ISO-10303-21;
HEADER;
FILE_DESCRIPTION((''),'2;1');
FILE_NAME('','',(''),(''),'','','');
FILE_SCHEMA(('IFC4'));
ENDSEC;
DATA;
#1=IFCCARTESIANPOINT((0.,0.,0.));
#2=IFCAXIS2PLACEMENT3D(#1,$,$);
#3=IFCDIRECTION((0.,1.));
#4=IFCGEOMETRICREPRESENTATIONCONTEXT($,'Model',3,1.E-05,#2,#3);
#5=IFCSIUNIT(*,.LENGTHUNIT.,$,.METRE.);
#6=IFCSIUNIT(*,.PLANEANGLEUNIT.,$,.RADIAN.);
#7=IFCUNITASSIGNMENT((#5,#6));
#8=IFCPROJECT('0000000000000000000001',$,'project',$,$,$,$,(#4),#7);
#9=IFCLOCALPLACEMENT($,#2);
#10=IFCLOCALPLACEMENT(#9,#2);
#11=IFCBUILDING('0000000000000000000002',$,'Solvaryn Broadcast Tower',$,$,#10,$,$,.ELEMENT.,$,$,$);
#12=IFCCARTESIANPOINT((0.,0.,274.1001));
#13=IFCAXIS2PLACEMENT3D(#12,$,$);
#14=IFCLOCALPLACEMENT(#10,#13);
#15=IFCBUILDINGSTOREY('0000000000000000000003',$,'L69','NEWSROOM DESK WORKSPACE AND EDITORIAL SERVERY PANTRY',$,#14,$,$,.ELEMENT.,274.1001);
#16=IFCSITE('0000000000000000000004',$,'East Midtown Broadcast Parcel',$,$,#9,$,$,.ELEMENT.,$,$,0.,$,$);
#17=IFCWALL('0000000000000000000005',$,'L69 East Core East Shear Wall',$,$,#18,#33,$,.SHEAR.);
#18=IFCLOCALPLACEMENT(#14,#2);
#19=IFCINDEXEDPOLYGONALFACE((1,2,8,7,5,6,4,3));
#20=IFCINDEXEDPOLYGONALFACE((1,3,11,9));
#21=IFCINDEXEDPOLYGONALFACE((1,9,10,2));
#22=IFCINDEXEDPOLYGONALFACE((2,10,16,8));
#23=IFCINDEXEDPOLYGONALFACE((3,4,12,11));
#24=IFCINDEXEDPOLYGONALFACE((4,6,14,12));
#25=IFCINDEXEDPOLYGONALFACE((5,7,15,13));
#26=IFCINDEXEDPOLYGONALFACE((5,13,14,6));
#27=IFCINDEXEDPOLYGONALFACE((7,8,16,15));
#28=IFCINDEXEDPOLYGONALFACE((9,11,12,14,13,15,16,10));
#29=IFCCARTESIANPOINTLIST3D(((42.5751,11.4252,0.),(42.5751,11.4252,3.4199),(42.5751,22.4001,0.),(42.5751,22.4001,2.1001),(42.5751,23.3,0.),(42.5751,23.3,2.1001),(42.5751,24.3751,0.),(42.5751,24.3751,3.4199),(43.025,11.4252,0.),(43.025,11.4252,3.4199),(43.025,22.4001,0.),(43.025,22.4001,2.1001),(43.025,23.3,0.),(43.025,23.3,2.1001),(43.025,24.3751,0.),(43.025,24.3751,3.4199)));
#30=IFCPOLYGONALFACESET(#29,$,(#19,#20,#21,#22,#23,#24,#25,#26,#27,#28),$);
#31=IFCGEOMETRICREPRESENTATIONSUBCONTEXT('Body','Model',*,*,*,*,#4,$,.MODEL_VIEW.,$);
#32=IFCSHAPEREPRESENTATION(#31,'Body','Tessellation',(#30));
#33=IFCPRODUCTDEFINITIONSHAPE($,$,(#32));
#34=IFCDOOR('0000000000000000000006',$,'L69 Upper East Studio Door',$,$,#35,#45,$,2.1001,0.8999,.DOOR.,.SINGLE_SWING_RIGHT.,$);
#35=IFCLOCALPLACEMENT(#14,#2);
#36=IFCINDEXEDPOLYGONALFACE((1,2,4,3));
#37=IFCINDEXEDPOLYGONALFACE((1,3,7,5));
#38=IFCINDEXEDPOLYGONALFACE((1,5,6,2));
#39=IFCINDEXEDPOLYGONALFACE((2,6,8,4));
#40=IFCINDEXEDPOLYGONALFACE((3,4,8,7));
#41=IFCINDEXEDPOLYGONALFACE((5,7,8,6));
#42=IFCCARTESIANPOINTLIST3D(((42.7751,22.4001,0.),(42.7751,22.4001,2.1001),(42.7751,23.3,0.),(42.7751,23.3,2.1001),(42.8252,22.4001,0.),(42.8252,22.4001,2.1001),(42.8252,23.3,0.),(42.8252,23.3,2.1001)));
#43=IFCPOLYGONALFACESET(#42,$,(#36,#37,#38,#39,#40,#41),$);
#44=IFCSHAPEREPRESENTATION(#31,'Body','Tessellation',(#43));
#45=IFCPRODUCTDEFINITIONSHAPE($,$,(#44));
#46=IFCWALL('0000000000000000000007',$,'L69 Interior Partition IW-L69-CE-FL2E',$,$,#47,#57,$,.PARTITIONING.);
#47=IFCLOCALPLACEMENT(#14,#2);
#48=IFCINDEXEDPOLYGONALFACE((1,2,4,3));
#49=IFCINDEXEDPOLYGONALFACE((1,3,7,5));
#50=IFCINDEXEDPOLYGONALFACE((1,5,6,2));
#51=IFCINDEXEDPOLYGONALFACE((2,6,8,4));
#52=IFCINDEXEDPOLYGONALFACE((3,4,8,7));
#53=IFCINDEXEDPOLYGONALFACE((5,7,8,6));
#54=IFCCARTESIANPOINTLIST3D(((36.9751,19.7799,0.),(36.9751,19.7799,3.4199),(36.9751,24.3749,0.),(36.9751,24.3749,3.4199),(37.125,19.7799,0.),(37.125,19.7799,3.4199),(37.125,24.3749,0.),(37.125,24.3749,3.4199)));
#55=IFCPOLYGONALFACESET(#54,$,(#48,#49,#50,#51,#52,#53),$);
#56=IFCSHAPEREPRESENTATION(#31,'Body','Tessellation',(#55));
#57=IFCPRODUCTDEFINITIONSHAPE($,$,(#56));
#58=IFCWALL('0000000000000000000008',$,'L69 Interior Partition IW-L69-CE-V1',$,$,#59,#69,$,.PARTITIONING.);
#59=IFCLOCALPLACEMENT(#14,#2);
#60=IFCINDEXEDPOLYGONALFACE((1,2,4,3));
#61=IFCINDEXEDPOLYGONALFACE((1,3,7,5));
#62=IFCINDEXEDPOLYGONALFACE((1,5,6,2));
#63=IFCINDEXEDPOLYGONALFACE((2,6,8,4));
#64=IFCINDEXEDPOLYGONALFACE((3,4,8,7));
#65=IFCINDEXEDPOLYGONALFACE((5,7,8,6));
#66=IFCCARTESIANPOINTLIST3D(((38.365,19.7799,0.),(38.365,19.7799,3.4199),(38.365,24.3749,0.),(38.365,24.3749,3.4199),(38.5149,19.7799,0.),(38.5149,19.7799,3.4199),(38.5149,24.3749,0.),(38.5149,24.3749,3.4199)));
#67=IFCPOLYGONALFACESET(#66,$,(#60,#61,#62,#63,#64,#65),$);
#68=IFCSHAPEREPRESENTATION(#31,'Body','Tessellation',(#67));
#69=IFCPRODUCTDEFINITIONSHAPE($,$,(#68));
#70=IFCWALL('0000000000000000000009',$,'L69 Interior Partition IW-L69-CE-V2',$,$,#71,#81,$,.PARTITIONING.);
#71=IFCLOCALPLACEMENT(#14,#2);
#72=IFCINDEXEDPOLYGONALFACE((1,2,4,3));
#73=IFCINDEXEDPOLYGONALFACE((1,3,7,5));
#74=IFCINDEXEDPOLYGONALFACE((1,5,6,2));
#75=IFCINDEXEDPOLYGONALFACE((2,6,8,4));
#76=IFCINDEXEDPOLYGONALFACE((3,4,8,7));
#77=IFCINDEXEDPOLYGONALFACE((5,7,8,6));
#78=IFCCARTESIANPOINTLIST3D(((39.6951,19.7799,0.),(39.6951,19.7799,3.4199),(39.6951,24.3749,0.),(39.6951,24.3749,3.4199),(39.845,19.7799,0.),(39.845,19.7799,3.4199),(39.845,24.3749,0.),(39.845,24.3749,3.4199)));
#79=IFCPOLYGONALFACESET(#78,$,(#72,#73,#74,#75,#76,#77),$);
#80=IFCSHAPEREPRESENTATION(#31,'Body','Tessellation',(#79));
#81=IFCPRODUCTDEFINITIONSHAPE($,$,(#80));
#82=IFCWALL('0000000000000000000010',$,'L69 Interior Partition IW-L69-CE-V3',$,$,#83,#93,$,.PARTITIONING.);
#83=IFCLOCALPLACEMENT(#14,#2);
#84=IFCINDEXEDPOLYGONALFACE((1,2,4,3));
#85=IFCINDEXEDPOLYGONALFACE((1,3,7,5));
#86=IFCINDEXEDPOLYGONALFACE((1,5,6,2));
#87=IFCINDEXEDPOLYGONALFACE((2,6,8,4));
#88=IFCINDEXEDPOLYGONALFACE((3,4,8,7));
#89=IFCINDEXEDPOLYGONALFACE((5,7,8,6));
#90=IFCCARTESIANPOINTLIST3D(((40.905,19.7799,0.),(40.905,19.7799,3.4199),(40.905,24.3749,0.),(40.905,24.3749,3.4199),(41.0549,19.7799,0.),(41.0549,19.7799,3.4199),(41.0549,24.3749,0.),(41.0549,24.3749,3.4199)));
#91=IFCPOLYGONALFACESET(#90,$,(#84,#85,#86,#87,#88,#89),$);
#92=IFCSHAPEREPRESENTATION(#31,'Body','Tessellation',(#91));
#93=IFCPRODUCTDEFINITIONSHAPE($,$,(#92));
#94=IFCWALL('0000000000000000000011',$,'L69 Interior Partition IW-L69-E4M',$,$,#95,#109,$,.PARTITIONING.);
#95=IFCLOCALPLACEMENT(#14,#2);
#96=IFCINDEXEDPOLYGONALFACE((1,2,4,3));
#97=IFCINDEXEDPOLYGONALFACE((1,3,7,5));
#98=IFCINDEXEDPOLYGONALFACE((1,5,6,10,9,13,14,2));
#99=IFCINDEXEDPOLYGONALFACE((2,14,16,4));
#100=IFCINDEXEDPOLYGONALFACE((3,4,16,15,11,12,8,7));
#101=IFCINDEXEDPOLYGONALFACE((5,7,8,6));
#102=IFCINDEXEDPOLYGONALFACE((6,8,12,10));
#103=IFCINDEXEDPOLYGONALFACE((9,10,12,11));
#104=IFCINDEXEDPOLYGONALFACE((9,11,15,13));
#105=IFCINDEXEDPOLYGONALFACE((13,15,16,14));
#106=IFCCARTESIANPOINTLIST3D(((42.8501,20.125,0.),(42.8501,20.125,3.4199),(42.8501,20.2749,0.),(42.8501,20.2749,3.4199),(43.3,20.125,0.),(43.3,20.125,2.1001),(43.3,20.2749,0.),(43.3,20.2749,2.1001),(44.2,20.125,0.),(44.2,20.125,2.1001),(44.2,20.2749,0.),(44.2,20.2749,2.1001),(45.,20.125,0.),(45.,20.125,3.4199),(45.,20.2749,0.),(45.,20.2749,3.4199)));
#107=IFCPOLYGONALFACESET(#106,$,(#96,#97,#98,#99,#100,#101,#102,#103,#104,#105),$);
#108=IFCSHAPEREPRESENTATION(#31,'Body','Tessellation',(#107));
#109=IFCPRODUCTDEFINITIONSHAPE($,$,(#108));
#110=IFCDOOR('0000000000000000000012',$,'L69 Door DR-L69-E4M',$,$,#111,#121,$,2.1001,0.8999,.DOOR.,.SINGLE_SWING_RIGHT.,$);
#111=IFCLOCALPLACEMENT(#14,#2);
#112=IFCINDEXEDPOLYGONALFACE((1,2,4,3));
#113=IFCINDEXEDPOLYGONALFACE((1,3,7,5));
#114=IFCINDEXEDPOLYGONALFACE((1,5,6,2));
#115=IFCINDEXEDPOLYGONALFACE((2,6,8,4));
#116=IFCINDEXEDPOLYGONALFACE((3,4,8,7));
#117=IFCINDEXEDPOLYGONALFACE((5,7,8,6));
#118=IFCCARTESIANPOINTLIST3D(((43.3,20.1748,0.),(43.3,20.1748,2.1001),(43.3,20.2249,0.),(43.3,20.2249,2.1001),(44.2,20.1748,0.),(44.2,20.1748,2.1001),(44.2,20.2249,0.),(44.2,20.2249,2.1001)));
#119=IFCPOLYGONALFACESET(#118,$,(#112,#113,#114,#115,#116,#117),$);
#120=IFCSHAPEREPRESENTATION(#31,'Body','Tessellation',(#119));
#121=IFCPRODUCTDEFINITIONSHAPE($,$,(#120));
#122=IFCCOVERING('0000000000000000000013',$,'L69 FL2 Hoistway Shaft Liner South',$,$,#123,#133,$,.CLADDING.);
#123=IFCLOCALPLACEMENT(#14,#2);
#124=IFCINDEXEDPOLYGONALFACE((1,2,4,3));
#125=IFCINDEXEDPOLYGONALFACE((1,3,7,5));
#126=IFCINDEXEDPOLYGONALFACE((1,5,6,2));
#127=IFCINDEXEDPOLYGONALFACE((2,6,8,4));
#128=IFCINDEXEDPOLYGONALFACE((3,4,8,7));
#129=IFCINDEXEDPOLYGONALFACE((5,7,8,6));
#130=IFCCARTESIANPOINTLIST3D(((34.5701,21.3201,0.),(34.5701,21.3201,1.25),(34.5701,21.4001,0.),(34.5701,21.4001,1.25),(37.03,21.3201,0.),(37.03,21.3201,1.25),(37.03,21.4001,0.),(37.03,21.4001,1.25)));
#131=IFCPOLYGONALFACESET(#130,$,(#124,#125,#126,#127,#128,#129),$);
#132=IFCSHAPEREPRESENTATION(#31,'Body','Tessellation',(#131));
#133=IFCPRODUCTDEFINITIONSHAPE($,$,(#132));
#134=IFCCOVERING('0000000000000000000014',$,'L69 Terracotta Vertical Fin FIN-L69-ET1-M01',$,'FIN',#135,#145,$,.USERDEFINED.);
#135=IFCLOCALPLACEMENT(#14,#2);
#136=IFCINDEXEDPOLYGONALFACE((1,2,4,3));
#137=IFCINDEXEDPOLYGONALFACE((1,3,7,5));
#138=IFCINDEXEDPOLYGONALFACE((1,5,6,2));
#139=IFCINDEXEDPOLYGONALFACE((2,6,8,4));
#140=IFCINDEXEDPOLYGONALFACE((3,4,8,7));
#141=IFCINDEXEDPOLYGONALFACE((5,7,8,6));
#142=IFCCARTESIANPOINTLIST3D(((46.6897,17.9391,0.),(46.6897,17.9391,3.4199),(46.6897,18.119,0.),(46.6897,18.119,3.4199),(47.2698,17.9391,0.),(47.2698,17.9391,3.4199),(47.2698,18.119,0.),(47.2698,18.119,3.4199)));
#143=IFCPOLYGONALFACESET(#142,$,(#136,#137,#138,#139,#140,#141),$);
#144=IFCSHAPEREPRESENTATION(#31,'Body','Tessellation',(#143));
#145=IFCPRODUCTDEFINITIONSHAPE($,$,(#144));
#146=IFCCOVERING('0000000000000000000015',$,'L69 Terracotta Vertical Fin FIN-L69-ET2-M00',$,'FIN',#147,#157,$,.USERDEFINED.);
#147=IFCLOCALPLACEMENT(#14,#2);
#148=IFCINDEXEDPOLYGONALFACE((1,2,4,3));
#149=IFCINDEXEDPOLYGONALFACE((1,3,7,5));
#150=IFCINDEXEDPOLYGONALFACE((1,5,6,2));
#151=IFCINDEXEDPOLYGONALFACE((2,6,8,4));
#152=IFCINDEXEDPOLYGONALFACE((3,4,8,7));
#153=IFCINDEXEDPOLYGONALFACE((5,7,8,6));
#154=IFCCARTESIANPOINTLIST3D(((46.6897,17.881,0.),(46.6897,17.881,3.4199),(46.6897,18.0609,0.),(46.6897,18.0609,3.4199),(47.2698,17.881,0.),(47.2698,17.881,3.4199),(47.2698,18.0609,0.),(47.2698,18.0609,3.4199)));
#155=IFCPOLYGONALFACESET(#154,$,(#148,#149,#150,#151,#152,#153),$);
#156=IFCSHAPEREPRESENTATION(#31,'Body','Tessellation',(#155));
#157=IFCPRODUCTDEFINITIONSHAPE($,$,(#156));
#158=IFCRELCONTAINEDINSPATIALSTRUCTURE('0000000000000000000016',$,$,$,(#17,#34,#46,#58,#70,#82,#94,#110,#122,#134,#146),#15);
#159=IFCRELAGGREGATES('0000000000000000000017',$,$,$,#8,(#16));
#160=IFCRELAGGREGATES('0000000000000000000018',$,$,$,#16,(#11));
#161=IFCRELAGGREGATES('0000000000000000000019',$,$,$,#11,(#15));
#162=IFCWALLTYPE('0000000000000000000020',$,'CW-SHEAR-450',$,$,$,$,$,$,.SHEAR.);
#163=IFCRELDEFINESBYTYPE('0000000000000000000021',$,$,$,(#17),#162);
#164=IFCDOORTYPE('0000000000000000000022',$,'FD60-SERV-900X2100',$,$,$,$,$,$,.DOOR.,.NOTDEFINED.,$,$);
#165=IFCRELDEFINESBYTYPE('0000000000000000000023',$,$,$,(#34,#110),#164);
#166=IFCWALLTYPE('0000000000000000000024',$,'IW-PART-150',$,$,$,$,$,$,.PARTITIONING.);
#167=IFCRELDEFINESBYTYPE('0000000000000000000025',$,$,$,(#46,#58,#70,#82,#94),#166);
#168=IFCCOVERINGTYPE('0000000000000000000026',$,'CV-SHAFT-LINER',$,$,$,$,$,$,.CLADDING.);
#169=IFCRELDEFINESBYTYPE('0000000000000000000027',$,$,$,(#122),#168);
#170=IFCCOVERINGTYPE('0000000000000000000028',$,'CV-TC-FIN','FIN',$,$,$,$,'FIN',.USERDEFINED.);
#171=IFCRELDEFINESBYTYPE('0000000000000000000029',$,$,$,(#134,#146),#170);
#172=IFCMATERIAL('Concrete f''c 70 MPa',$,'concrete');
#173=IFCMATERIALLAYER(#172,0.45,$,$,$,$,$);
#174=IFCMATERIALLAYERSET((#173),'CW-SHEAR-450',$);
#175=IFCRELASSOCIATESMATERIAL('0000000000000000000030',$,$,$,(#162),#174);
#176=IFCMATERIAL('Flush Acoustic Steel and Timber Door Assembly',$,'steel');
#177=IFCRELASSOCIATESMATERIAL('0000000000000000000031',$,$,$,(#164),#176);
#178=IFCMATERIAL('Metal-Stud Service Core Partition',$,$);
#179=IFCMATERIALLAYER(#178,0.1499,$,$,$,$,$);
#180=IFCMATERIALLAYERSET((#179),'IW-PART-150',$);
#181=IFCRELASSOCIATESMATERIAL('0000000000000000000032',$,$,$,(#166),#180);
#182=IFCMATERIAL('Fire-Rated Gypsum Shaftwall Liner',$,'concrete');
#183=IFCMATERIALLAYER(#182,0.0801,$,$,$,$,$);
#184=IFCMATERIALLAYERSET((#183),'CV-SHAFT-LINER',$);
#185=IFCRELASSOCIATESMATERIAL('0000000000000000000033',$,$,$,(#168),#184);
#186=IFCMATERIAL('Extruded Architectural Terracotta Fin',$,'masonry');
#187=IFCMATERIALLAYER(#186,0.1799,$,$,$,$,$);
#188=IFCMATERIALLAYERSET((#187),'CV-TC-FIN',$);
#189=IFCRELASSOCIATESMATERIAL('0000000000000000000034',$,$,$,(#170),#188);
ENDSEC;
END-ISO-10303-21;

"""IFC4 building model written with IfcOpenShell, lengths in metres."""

from ifc_helpers import new_model, si_unit, direction, frame, frame_2d, origin, origin_2d, place, context, subcontext, project, spatial, rectangle, extrude, material, layer, layer_set, type_object, element, fill, save


model = new_model("IFC4")

# Units and contexts
model_context = context("Model", 3, precision=1e-05, world=origin(), true_north=direction((0.0, 1.0)))
body_context = subcontext(model_context, "Body", "Model", "MODEL_VIEW")
ifc_project = project(units=[si_unit("LENGTHUNIT", "METRE"), si_unit("PLANEANGLEUNIT", "RADIAN")], contexts=[model_context])

# Site, building, storey
site_placement = place(None, origin())
site = spatial("IfcSite", under=ifc_project, at=site_placement, Name="East Midtown Broadcast Parcel", CompositionType="ELEMENT", RefElevation=0.0)
building_placement = place(site_placement, origin())
building = spatial("IfcBuilding", under=site, at=building_placement, Name="Solvaryn Broadcast Tower", CompositionType="ELEMENT")
storey_placement = place(building_placement, frame((0.0, 0.0, 274.1001)))
storey = spatial("IfcBuildingStorey", under=building, at=storey_placement, Name="L69", Description="NEWSROOM DESK WORKSPACE AND EDITORIAL SERVERY PANTRY", CompositionType="ELEMENT", Elevation=274.1001)

# Wall, opening, door
ifc_material_1 = material(Name="Concrete f'c 70 MPa", Category="concrete")
ifc_layer_1 = layer(ifc_material_1, 0.45)
ifc_layer_set_1 = layer_set([ifc_layer_1], Name="CW-SHEAR-450")
wall_type_1 = type_object("IfcWallType", Name="CW-SHEAR-450", PredefinedType="SHEAR", material=ifc_layer_set_1)
wall_1_placement = place(storey_placement, frame((42.8, 11.425, 0.0), z_axis=(0.0, 0.0, 1.0), x_axis=(0.0, 1.0, 0.0)))
wall_1 = element("IfcWall", 1, at=wall_1_placement, inside=storey, type_object=wall_type_1, Name="L69 East Core East Shear Wall", PredefinedType="SHEAR", context=body_context, shape_type="SweptSolid", body=[
    extrude(rectangle(XDim=12.95, YDim=0.45, at=frame_2d((6.4751, 0.0))), origin(), (0.0, 0.0, 1.0), 3.4199),
])
opening_1_placement = place(wall_1_placement, frame((10.9751, 0.0, 0.0)))
opening_1 = element("IfcOpeningElement", 2, at=opening_1_placement, cuts=wall_1, PredefinedType="OPENING", context=body_context, shape_type="SweptSolid", body=[
    extrude(rectangle(XDim=0.8999, YDim=2.1001, at=frame_2d((0.45, 1.05))), frame((0.0, 0.2351, 0.0), z_axis=(0.0, -1.0, 0.0), x_axis=(1.0, 0.0, 0.0)), (0.0, 0.0, 1.0), 0.47),
])
ifc_material_2 = material(Name="Flush Acoustic Steel and Timber Door Assembly", Category="steel")
door_type = type_object("IfcDoorType", Name="FD60-SERV-900X2100", OperationType="NOTDEFINED", PredefinedType="DOOR", material=ifc_material_2)
door_1_placement = place(opening_1_placement, origin())
door_1 = element("IfcDoor", 3, at=door_1_placement, inside=storey, type_object=door_type, Name="L69 Upper East Studio Door", OperationType="SINGLE_SWING_RIGHT", OverallHeight=2.1001, OverallWidth=0.8999, PredefinedType="DOOR", context=body_context, shape_type="SweptSolid", body=[
    extrude(rectangle(XDim=0.8999, YDim=2.1001, at=frame_2d((0.45, 1.05))), frame((0.0, 0.0249, 0.0), z_axis=(0.0, -1.0, 0.0), x_axis=(1.0, 0.0, 0.0)), (0.0, 0.0, 1.0), 0.05),
])
fill(opening_1, door_1)

# Walls
ifc_material_3 = material(Name="Metal-Stud Service Core Partition")
ifc_layer_2 = layer(ifc_material_3, 0.1499)
ifc_layer_set_2 = layer_set([ifc_layer_2], Name="IW-PART-150")
wall_type_2 = type_object("IfcWallType", Name="IW-PART-150", PredefinedType="PARTITIONING", material=ifc_layer_set_2)
for number, where, z_axis, x_axis, name in (
    (4, (37.05, 19.78, 0.0), (0.0, 0.0, 1.0), (0.0, 1.0, 0.0), "L69 Interior Partition IW-L69-CE-FL2E"),
    (5, (38.4399, 19.78, 0.0), (0.0, 0.0, 1.0), (0.0, 1.0, 0.0), "L69 Interior Partition IW-L69-CE-V1"),
    (6, (39.77, 19.78, 0.0), (0.0, 0.0, 1.0), (0.0, 1.0, 0.0), "L69 Interior Partition IW-L69-CE-V2"),
    (7, (40.98, 19.78, 0.0), (0.0, 0.0, 1.0), (0.0, 1.0, 0.0), "L69 Interior Partition IW-L69-CE-V3"),
):
    element("IfcWall", number, at=place(storey_placement, frame(where, z_axis=z_axis, x_axis=x_axis)), inside=storey, type_object=wall_type_2, Name=name, PredefinedType="PARTITIONING", context=body_context, shape_type="SweptSolid", body=[
        extrude(rectangle(XDim=4.595, YDim=0.1499, at=frame_2d((2.2974, 0.0))), origin(), (0.0, 0.0, 1.0), 3.4199),
    ])

# Wall, opening, door
wall_2_placement = place(storey_placement, frame((42.8501, 20.2, 0.0), z_axis=(0.0, 0.0, 1.0), x_axis=(1.0, 0.0, 0.0)))
wall_2 = element("IfcWall", 8, at=wall_2_placement, inside=storey, type_object=wall_type_2, Name="L69 Interior Partition IW-L69-E4M", PredefinedType="PARTITIONING", context=body_context, shape_type="SweptSolid", body=[
    extrude(rectangle(XDim=2.1499, YDim=0.1499, at=frame_2d((1.075, 0.0))), origin(), (0.0, 0.0, 1.0), 3.4199),
])
opening_2_placement = place(wall_2_placement, frame((0.45, 0.0, 0.0)))
opening_2 = element("IfcOpeningElement", 9, at=opening_2_placement, cuts=wall_2, PredefinedType="OPENING", context=body_context, shape_type="SweptSolid", body=[
    extrude(rectangle(XDim=0.8999, YDim=2.1001, at=frame_2d((0.45, 1.05))), frame((0.0, 0.085, 0.0), z_axis=(0.0, -1.0, 0.0), x_axis=(1.0, 0.0, 0.0)), (0.0, 0.0, 1.0), 0.1699),
])
door_2_placement = place(opening_2_placement, origin())
door_2 = element("IfcDoor", 10, at=door_2_placement, inside=storey, type_object=door_type, Name="L69 Door DR-L69-E4M", OperationType="SINGLE_SWING_RIGHT", OverallHeight=2.1001, OverallWidth=0.8999, PredefinedType="DOOR", context=body_context, shape_type="SweptSolid", body=[
    extrude(rectangle(XDim=0.8999, YDim=2.1001, at=frame_2d((0.45, 1.05))), frame((0.0, 0.0249, 0.0), z_axis=(0.0, -1.0, 0.0), x_axis=(1.0, 0.0, 0.0)), (0.0, 0.0, 1.0), 0.05),
])
fill(opening_2, door_2)

# Coverings
ifc_material_4 = material(Name="Fire-Rated Gypsum Shaftwall Liner", Category="concrete")
ifc_layer_3 = layer(ifc_material_4, 0.0801)
ifc_layer_set_3 = layer_set([ifc_layer_3], Name="CV-SHAFT-LINER")
covering_type_1 = type_object("IfcCoveringType", Name="CV-SHAFT-LINER", PredefinedType="CLADDING", material=ifc_layer_set_3)
covering_placement = place(storey_placement, frame((35.8, 21.3601, 0.0), z_axis=(0.0, 0.0, 1.0), x_axis=(1.0, 0.0, 0.0)))
element("IfcCovering", 11, at=covering_placement, inside=storey, type_object=covering_type_1, Name="L69 FL2 Hoistway Shaft Liner South", PredefinedType="CLADDING", context=body_context, shape_type="SweptSolid", body=[
    extrude(rectangle(XDim=2.46, YDim=0.0801, at=origin_2d()), origin(), (0.0, 0.0, 1.0), 1.25),
])
ifc_material_5 = material(Name="Extruded Architectural Terracotta Fin", Category="masonry")
ifc_layer_4 = layer(ifc_material_5, 0.1799)
ifc_layer_set_4 = layer_set([ifc_layer_4], Name="CV-TC-FIN")
covering_type_2 = type_object("IfcCoveringType", Name="CV-TC-FIN", Description="FIN", ElementType="FIN", PredefinedType="USERDEFINED", material=ifc_layer_set_4)
for number, where, z_axis, x_axis, name in (
    (12, (46.9797, 18.0291, 0.0), (0.0, 0.0, 1.0), (1.0, 0.0, 0.0), "L69 Terracotta Vertical Fin FIN-L69-ET1-M01"),
    (13, (46.9797, 17.9709, 0.0), (0.0, 0.0, 1.0), (1.0, 0.0, 0.0), "L69 Terracotta Vertical Fin FIN-L69-ET2-M00"),
):
    element("IfcCovering", number, at=place(storey_placement, frame(where, z_axis=z_axis, x_axis=x_axis)), inside=storey, type_object=covering_type_2, Name=name, ObjectType="FIN", PredefinedType="USERDEFINED", context=body_context, shape_type="SweptSolid", body=[
        extrude(rectangle(XDim=0.5801, YDim=0.1799, at=origin_2d()), origin(), (0.0, 0.0, 1.0), 3.4199),
    ])

save(model, "model.ifc")
